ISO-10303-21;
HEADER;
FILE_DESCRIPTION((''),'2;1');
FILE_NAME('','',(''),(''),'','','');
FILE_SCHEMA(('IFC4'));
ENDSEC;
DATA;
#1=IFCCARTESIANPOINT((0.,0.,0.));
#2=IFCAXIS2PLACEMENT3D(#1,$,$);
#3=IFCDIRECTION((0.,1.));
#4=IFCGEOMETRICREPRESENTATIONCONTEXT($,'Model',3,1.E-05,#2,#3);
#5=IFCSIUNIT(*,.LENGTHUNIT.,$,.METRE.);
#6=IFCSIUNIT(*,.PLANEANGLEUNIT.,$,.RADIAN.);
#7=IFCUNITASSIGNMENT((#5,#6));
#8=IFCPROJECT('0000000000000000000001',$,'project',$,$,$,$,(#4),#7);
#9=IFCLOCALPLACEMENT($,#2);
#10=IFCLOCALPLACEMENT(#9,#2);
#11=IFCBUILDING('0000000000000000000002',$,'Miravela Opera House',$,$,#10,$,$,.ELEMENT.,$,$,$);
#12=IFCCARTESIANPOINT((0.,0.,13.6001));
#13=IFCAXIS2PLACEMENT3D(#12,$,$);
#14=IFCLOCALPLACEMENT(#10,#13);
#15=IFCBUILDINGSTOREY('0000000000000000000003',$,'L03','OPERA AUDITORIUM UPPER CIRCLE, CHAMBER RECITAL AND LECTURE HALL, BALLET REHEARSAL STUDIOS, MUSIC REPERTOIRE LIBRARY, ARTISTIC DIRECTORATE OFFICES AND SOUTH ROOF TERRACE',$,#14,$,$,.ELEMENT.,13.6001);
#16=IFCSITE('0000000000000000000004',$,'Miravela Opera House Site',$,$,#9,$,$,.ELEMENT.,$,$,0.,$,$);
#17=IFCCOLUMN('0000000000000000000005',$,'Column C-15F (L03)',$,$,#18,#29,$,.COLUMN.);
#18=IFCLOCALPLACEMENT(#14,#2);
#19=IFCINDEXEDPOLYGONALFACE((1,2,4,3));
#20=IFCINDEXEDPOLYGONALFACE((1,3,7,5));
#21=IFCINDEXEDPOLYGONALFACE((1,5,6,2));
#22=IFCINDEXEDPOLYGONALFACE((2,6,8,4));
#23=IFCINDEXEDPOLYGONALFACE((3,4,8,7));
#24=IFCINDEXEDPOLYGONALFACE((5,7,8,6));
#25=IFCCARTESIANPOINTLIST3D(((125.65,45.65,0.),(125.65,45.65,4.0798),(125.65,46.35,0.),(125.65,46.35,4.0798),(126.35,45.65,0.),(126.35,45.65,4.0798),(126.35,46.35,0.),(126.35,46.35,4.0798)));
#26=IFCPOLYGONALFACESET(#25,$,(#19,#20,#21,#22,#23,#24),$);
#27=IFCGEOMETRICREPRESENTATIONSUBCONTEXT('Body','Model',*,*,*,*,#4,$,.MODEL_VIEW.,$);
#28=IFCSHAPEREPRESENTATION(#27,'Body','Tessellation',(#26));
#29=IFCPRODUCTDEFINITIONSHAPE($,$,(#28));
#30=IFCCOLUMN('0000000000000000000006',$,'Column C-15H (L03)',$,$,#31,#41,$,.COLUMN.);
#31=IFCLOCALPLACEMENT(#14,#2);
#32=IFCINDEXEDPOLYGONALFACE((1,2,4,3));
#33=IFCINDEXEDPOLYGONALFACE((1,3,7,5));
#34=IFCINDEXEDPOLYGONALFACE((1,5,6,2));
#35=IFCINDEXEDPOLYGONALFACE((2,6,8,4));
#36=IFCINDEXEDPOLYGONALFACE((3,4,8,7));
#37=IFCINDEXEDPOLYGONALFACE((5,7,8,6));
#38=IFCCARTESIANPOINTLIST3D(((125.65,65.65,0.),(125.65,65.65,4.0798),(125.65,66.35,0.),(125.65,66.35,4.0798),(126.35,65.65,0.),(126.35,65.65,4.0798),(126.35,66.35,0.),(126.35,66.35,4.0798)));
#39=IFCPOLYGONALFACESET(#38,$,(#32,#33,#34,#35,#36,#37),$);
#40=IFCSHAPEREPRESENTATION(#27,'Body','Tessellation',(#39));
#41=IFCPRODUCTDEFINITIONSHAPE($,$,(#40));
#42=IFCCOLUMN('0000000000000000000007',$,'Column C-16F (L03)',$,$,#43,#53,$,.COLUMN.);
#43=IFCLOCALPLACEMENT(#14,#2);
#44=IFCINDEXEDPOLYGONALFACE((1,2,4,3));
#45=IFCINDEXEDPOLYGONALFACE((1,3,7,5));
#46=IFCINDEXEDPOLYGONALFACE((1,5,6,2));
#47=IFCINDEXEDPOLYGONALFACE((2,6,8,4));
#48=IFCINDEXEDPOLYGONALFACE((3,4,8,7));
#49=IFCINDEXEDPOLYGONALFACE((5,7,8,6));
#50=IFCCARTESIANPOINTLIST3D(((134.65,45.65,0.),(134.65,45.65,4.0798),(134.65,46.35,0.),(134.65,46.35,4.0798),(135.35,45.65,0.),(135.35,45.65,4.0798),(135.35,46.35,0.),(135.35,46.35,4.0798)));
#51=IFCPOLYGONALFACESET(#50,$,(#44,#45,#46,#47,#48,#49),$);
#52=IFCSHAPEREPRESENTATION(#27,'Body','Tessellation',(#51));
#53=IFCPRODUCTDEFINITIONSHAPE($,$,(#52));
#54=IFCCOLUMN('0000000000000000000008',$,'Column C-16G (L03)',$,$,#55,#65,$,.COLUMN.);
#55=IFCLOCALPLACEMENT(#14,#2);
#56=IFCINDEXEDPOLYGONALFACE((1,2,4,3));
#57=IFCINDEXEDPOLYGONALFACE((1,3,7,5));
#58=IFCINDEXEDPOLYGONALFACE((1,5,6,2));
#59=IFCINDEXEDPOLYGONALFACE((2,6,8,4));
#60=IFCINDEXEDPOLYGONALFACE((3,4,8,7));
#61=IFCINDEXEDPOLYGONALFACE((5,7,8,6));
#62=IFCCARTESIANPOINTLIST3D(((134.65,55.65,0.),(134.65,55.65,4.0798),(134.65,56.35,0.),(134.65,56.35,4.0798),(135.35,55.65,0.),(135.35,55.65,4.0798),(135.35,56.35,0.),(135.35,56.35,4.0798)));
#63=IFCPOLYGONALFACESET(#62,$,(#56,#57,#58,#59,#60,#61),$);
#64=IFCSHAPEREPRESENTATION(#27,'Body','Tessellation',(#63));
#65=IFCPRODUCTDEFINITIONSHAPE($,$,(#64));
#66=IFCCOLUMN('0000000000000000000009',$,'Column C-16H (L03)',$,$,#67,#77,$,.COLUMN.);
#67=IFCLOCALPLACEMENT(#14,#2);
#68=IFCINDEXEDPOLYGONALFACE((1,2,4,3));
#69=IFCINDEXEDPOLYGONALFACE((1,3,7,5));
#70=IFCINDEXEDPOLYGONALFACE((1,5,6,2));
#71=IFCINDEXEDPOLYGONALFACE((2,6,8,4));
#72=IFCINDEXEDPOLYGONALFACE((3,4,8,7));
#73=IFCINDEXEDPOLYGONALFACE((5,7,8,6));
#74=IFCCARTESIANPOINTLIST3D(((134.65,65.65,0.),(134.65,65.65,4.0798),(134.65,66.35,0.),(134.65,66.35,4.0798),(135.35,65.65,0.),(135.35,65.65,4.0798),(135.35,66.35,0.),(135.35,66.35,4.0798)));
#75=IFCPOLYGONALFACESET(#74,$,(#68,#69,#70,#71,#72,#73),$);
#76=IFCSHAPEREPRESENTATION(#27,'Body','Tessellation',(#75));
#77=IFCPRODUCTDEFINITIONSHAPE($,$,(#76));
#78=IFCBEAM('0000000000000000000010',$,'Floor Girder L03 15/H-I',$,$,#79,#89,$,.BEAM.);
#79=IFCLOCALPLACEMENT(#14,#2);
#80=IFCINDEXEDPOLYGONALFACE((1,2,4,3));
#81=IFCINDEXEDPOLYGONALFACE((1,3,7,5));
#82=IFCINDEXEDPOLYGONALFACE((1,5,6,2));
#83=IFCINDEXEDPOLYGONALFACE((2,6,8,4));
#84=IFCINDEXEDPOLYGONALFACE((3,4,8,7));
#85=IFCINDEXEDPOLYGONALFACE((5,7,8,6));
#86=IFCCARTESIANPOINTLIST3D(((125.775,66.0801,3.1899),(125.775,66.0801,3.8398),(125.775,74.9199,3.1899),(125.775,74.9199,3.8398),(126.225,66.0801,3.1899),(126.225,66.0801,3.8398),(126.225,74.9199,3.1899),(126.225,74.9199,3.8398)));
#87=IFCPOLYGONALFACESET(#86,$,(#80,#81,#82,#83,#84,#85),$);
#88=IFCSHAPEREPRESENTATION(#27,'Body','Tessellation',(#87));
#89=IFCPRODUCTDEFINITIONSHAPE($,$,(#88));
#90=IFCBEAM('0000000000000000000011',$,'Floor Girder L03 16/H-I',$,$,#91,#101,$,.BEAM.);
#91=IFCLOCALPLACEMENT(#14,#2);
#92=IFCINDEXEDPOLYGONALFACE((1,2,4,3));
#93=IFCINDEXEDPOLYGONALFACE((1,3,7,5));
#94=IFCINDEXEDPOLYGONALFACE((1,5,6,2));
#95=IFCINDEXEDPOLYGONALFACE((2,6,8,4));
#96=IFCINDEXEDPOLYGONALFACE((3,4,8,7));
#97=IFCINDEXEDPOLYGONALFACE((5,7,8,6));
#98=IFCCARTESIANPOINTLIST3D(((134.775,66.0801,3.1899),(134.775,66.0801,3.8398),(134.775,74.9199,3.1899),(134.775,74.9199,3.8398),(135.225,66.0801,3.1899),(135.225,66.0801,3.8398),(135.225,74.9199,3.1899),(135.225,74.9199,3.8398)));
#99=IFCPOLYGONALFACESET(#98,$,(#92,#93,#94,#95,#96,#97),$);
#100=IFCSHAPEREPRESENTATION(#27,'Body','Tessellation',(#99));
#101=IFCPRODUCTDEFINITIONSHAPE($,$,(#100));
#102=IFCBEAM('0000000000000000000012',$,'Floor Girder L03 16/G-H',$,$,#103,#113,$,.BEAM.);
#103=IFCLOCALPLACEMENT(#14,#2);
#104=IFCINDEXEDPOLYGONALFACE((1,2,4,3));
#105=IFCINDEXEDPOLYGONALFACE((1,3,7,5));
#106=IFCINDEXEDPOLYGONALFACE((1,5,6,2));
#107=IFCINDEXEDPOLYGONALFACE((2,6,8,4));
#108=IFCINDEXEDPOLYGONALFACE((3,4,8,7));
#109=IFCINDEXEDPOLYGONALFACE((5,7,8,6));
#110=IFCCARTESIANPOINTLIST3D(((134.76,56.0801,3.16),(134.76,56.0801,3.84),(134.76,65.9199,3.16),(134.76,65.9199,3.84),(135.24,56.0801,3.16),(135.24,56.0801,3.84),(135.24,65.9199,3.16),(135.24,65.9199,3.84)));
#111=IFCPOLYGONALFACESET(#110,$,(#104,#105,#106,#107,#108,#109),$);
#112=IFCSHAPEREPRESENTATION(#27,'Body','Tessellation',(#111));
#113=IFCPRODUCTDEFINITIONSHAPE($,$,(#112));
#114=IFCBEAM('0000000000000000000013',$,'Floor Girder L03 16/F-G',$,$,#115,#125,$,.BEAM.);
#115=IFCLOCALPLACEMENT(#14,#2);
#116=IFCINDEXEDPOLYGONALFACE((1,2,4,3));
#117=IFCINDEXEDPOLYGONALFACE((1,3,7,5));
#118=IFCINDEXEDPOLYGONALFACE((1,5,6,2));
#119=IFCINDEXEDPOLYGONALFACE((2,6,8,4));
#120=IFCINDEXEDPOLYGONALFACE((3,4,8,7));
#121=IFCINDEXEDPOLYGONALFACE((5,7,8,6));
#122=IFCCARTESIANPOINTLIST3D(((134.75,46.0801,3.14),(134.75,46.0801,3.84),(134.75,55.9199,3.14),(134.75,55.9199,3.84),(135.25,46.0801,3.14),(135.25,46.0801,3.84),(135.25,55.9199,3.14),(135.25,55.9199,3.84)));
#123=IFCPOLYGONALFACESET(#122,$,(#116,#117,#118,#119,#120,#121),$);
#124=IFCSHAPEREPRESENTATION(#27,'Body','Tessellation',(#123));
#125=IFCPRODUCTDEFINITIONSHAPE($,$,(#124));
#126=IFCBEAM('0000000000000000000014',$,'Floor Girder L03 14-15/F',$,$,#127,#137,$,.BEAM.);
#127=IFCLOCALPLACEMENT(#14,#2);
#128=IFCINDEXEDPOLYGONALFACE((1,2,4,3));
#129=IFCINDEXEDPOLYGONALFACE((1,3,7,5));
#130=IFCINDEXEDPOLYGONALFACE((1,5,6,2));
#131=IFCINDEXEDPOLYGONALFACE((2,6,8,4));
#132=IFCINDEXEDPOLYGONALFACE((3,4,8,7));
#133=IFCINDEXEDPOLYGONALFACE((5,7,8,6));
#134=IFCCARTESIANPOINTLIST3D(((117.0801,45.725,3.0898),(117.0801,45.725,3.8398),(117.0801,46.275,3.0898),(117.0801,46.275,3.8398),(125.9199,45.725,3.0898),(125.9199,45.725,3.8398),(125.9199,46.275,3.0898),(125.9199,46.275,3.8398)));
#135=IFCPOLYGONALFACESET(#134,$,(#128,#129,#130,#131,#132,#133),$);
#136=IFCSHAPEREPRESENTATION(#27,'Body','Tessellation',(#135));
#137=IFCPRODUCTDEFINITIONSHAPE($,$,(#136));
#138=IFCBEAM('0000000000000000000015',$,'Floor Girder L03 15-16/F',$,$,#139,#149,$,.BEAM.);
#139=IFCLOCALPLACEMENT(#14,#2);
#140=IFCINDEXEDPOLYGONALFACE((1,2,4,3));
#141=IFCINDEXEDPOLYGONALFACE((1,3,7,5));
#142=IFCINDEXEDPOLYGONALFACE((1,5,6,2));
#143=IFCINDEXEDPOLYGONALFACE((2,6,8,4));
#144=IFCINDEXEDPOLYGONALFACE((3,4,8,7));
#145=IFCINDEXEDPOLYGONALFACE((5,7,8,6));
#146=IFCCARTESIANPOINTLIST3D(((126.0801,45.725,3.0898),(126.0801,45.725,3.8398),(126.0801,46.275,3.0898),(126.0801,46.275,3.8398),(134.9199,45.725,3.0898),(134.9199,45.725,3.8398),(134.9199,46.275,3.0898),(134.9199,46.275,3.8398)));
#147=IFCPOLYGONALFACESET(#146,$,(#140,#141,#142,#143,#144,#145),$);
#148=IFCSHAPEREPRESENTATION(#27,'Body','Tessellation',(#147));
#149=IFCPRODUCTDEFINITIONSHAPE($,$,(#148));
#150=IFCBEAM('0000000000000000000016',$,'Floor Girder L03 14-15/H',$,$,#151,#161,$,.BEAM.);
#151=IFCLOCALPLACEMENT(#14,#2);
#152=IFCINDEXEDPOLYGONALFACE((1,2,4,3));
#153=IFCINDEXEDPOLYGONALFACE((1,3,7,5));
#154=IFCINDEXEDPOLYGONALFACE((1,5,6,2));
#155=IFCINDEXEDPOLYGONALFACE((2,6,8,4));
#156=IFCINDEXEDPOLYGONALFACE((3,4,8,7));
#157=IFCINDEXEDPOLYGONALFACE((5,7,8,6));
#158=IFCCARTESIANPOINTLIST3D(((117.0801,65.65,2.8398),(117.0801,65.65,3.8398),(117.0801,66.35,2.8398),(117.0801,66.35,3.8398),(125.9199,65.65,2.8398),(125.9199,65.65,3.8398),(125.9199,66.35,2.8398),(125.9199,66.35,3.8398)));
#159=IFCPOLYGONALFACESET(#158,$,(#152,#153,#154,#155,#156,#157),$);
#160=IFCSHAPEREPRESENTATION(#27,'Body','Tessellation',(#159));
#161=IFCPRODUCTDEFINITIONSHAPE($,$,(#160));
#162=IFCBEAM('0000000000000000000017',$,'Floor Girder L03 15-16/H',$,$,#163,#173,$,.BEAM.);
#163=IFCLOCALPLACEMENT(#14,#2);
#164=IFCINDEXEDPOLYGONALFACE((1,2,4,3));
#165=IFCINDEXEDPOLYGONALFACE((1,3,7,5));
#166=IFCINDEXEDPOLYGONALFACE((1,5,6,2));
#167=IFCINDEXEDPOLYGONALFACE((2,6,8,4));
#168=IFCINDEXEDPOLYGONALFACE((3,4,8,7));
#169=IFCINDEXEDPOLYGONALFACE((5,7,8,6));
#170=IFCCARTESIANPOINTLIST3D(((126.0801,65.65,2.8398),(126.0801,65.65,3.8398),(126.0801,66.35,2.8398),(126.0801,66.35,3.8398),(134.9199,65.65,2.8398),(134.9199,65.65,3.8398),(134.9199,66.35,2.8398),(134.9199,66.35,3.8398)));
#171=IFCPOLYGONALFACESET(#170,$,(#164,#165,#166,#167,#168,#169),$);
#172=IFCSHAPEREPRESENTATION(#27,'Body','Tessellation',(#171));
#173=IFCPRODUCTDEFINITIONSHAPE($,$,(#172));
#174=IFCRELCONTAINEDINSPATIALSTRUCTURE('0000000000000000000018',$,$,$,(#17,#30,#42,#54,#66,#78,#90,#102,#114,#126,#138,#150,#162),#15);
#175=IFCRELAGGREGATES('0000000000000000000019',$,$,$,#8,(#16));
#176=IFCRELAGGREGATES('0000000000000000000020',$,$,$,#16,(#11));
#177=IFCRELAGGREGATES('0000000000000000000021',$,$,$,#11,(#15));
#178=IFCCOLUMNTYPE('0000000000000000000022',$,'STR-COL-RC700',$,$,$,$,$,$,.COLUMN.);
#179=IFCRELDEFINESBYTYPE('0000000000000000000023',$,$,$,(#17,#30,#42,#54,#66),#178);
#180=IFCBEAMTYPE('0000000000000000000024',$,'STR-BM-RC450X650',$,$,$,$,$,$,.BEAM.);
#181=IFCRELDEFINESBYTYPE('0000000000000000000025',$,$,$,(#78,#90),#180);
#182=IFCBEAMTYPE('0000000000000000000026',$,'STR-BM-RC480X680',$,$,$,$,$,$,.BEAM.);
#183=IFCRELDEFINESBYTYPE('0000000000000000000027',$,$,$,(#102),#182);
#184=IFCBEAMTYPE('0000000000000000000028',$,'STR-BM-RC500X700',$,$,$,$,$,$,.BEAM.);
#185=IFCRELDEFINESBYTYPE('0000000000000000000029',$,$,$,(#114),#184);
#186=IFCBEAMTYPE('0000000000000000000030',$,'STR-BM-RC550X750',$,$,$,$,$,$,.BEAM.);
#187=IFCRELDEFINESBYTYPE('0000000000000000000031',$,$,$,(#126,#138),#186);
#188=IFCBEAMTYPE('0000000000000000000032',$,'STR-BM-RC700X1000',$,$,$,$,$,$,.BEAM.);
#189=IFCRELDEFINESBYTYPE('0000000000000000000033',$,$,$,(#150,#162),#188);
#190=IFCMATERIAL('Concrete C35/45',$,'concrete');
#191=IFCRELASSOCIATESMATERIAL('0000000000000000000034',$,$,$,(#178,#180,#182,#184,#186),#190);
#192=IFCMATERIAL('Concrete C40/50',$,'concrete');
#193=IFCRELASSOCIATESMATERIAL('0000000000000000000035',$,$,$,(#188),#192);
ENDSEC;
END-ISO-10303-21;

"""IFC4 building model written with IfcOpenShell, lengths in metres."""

from ifc_helpers import new_model, si_unit, direction, frame, origin, origin_2d, place, context, subcontext, project, spatial, rectangle, extrude, material, material_profile, profile_set, type_object, element, save


model = new_model("IFC4")

# Units and contexts
model_context = context("Model", 3, precision=1e-05, world=origin(), true_north=direction((0.0, 1.0)))
body_context = subcontext(model_context, "Body", "Model", "MODEL_VIEW")
ifc_project = project(units=[si_unit("LENGTHUNIT", "METRE"), si_unit("PLANEANGLEUNIT", "RADIAN")], contexts=[model_context])

# Site, building, storey
site_placement = place(None, origin())
site = spatial("IfcSite", under=ifc_project, at=site_placement, Name="Miravela Opera House Site", CompositionType="ELEMENT", RefElevation=0.0)
building_placement = place(site_placement, origin())
building = spatial("IfcBuilding", under=site, at=building_placement, Name="Miravela Opera House", CompositionType="ELEMENT")
storey_placement = place(building_placement, frame((0.0, 0.0, 13.6001)))
storey = spatial("IfcBuildingStorey", under=building, at=storey_placement, Name="L03", Description="OPERA AUDITORIUM UPPER CIRCLE, CHAMBER RECITAL AND LECTURE HALL, BALLET REHEARSAL STUDIOS, MUSIC REPERTOIRE LIBRARY, ARTISTIC DIRECTORATE OFFICES AND SOUTH ROOF TERRACE", CompositionType="ELEMENT", Elevation=13.6001)

# Columns
ifc_material_1 = material(Name="Concrete C35/45", Category="concrete")
ifc_material_profile_1 = material_profile(ifc_material_1, rectangle(XDim=0.7, YDim=0.7, at=origin_2d()), Name="RC-COL-700X700")
ifc_profile_set_1 = profile_set([ifc_material_profile_1])
column_type = type_object("IfcColumnType", Name="STR-COL-RC700", PredefinedType="COLUMN", material=ifc_profile_set_1)
for number, where, z_axis, x_axis, name in (
    (1, (126.0, 46.0, 0.0), (0.0, 0.0, 1.0), (1.0, 0.0, 0.0), "Column C-15F (L03)"),
    (2, (126.0, 66.0, 0.0), (0.0, 0.0, 1.0), (1.0, 0.0, 0.0), "Column C-15H (L03)"),
    (3, (135.0, 46.0, 0.0), (0.0, 0.0, 1.0), (1.0, 0.0, 0.0), "Column C-16F (L03)"),
    (4, (135.0, 56.0, 0.0), (0.0, 0.0, 1.0), (1.0, 0.0, 0.0), "Column C-16G (L03)"),
    (5, (135.0, 66.0, 0.0), (0.0, 0.0, 1.0), (1.0, 0.0, 0.0), "Column C-16H (L03)"),
):
    element("IfcColumn", number, at=place(storey_placement, frame(where, z_axis=z_axis, x_axis=x_axis)), inside=storey, type_object=column_type, Name=name, PredefinedType="COLUMN", context=body_context, shape_type="SweptSolid", body=[
        extrude(rectangle(XDim=0.7, YDim=0.7, at=origin_2d()), origin(), (0.0, 0.0, 1.0), 4.0798),
    ])

# Beams
ifc_material_profile_2 = material_profile(ifc_material_1, rectangle(XDim=0.45, YDim=0.6499, at=origin_2d()), Name="RC-BM-450X650")
ifc_profile_set_2 = profile_set([ifc_material_profile_2])
beam_type_1 = type_object("IfcBeamType", Name="STR-BM-RC450X650", PredefinedType="BEAM", material=ifc_profile_set_2)
for number, where, z_axis, x_axis, name in (
    (6, (126.0, 66.0801, 3.5149), (0.0, 1.0, 0.0), (-1.0, 0.0, 0.0), "Floor Girder L03 15/H-I"),
    (7, (135.0, 66.0801, 3.5149), (0.0, 1.0, 0.0), (-1.0, 0.0, 0.0), "Floor Girder L03 16/H-I"),
):
    element("IfcBeam", number, at=place(storey_placement, frame(where, z_axis=z_axis, x_axis=x_axis)), inside=storey, type_object=beam_type_1, Name=name, PredefinedType="BEAM", context=body_context, shape_type="SweptSolid", body=[
        extrude(rectangle(XDim=0.45, YDim=0.6499, at=origin_2d()), origin(), (0.0, 0.0, 1.0), 8.8398),
    ])
ifc_material_profile_3 = material_profile(ifc_material_1, rectangle(XDim=0.48, YDim=0.6799, at=origin_2d()), Name="RC-BM-480X680")
ifc_profile_set_3 = profile_set([ifc_material_profile_3])
beam_type_2 = type_object("IfcBeamType", Name="STR-BM-RC480X680", PredefinedType="BEAM", material=ifc_profile_set_3)
beam_1_placement = place(storey_placement, frame((135.0, 56.0801, 3.5), z_axis=(0.0, 1.0, 0.0), x_axis=(-1.0, 0.0, 0.0)))
element("IfcBeam", 8, at=beam_1_placement, inside=storey, type_object=beam_type_2, Name="Floor Girder L03 16/G-H", PredefinedType="BEAM", context=body_context, shape_type="SweptSolid", body=[
    extrude(rectangle(XDim=0.48, YDim=0.6799, at=origin_2d()), origin(), (0.0, 0.0, 1.0), 9.8398),
])
ifc_material_profile_4 = material_profile(ifc_material_1, rectangle(XDim=0.5, YDim=0.7, at=origin_2d()), Name="RC-BM-500X700")
ifc_profile_set_4 = profile_set([ifc_material_profile_4])
beam_type_3 = type_object("IfcBeamType", Name="STR-BM-RC500X700", PredefinedType="BEAM", material=ifc_profile_set_4)
beam_2_placement = place(storey_placement, frame((135.0, 46.0801, 3.49), z_axis=(0.0, 1.0, 0.0), x_axis=(-1.0, 0.0, 0.0)))
element("IfcBeam", 9, at=beam_2_placement, inside=storey, type_object=beam_type_3, Name="Floor Girder L03 16/F-G", PredefinedType="BEAM", context=body_context, shape_type="SweptSolid", body=[
    extrude(rectangle(XDim=0.5, YDim=0.7, at=origin_2d()), origin(), (0.0, 0.0, 1.0), 9.8398),
])
ifc_material_profile_5 = material_profile(ifc_material_1, rectangle(XDim=0.55, YDim=0.75, at=origin_2d()), Name="RC-BM-550X750")
ifc_profile_set_5 = profile_set([ifc_material_profile_5])
beam_type_4 = type_object("IfcBeamType", Name="STR-BM-RC550X750", PredefinedType="BEAM", material=ifc_profile_set_5)
for number, where, z_axis, x_axis, name in (
    (10, (117.0801, 46.0, 3.4648), (1.0, 0.0, 0.0), (0.0, 1.0, 0.0), "Floor Girder L03 14-15/F"),
    (11, (126.0801, 46.0, 3.4648), (1.0, 0.0, 0.0), (0.0, 1.0, 0.0), "Floor Girder L03 15-16/F"),
):
    element("IfcBeam", number, at=place(storey_placement, frame(where, z_axis=z_axis, x_axis=x_axis)), inside=storey, type_object=beam_type_4, Name=name, PredefinedType="BEAM", context=body_context, shape_type="SweptSolid", body=[
        extrude(rectangle(XDim=0.55, YDim=0.75, at=origin_2d()), origin(), (0.0, 0.0, 1.0), 8.8398),
    ])
ifc_material_2 = material(Name="Concrete C40/50", Category="concrete")
ifc_material_profile_6 = material_profile(ifc_material_2, rectangle(XDim=0.7, YDim=1.0, at=origin_2d()), Name="RC-BM-700X1000")
ifc_profile_set_6 = profile_set([ifc_material_profile_6])
beam_type_5 = type_object("IfcBeamType", Name="STR-BM-RC700X1000", PredefinedType="BEAM", material=ifc_profile_set_6)
for number, where, z_axis, x_axis, name in (
    (12, (117.0801, 66.0, 3.3398), (1.0, 0.0, 0.0), (0.0, 1.0, 0.0), "Floor Girder L03 14-15/H"),
    (13, (126.0801, 66.0, 3.3398), (1.0, 0.0, 0.0), (0.0, 1.0, 0.0), "Floor Girder L03 15-16/H"),
):
    element("IfcBeam", number, at=place(storey_placement, frame(where, z_axis=z_axis, x_axis=x_axis)), inside=storey, type_object=beam_type_5, Name=name, PredefinedType="BEAM", context=body_context, shape_type="SweptSolid", body=[
        extrude(rectangle(XDim=0.7, YDim=1.0, at=origin_2d()), origin(), (0.0, 0.0, 1.0), 8.8398),
    ])

save(model, "model.ifc")
